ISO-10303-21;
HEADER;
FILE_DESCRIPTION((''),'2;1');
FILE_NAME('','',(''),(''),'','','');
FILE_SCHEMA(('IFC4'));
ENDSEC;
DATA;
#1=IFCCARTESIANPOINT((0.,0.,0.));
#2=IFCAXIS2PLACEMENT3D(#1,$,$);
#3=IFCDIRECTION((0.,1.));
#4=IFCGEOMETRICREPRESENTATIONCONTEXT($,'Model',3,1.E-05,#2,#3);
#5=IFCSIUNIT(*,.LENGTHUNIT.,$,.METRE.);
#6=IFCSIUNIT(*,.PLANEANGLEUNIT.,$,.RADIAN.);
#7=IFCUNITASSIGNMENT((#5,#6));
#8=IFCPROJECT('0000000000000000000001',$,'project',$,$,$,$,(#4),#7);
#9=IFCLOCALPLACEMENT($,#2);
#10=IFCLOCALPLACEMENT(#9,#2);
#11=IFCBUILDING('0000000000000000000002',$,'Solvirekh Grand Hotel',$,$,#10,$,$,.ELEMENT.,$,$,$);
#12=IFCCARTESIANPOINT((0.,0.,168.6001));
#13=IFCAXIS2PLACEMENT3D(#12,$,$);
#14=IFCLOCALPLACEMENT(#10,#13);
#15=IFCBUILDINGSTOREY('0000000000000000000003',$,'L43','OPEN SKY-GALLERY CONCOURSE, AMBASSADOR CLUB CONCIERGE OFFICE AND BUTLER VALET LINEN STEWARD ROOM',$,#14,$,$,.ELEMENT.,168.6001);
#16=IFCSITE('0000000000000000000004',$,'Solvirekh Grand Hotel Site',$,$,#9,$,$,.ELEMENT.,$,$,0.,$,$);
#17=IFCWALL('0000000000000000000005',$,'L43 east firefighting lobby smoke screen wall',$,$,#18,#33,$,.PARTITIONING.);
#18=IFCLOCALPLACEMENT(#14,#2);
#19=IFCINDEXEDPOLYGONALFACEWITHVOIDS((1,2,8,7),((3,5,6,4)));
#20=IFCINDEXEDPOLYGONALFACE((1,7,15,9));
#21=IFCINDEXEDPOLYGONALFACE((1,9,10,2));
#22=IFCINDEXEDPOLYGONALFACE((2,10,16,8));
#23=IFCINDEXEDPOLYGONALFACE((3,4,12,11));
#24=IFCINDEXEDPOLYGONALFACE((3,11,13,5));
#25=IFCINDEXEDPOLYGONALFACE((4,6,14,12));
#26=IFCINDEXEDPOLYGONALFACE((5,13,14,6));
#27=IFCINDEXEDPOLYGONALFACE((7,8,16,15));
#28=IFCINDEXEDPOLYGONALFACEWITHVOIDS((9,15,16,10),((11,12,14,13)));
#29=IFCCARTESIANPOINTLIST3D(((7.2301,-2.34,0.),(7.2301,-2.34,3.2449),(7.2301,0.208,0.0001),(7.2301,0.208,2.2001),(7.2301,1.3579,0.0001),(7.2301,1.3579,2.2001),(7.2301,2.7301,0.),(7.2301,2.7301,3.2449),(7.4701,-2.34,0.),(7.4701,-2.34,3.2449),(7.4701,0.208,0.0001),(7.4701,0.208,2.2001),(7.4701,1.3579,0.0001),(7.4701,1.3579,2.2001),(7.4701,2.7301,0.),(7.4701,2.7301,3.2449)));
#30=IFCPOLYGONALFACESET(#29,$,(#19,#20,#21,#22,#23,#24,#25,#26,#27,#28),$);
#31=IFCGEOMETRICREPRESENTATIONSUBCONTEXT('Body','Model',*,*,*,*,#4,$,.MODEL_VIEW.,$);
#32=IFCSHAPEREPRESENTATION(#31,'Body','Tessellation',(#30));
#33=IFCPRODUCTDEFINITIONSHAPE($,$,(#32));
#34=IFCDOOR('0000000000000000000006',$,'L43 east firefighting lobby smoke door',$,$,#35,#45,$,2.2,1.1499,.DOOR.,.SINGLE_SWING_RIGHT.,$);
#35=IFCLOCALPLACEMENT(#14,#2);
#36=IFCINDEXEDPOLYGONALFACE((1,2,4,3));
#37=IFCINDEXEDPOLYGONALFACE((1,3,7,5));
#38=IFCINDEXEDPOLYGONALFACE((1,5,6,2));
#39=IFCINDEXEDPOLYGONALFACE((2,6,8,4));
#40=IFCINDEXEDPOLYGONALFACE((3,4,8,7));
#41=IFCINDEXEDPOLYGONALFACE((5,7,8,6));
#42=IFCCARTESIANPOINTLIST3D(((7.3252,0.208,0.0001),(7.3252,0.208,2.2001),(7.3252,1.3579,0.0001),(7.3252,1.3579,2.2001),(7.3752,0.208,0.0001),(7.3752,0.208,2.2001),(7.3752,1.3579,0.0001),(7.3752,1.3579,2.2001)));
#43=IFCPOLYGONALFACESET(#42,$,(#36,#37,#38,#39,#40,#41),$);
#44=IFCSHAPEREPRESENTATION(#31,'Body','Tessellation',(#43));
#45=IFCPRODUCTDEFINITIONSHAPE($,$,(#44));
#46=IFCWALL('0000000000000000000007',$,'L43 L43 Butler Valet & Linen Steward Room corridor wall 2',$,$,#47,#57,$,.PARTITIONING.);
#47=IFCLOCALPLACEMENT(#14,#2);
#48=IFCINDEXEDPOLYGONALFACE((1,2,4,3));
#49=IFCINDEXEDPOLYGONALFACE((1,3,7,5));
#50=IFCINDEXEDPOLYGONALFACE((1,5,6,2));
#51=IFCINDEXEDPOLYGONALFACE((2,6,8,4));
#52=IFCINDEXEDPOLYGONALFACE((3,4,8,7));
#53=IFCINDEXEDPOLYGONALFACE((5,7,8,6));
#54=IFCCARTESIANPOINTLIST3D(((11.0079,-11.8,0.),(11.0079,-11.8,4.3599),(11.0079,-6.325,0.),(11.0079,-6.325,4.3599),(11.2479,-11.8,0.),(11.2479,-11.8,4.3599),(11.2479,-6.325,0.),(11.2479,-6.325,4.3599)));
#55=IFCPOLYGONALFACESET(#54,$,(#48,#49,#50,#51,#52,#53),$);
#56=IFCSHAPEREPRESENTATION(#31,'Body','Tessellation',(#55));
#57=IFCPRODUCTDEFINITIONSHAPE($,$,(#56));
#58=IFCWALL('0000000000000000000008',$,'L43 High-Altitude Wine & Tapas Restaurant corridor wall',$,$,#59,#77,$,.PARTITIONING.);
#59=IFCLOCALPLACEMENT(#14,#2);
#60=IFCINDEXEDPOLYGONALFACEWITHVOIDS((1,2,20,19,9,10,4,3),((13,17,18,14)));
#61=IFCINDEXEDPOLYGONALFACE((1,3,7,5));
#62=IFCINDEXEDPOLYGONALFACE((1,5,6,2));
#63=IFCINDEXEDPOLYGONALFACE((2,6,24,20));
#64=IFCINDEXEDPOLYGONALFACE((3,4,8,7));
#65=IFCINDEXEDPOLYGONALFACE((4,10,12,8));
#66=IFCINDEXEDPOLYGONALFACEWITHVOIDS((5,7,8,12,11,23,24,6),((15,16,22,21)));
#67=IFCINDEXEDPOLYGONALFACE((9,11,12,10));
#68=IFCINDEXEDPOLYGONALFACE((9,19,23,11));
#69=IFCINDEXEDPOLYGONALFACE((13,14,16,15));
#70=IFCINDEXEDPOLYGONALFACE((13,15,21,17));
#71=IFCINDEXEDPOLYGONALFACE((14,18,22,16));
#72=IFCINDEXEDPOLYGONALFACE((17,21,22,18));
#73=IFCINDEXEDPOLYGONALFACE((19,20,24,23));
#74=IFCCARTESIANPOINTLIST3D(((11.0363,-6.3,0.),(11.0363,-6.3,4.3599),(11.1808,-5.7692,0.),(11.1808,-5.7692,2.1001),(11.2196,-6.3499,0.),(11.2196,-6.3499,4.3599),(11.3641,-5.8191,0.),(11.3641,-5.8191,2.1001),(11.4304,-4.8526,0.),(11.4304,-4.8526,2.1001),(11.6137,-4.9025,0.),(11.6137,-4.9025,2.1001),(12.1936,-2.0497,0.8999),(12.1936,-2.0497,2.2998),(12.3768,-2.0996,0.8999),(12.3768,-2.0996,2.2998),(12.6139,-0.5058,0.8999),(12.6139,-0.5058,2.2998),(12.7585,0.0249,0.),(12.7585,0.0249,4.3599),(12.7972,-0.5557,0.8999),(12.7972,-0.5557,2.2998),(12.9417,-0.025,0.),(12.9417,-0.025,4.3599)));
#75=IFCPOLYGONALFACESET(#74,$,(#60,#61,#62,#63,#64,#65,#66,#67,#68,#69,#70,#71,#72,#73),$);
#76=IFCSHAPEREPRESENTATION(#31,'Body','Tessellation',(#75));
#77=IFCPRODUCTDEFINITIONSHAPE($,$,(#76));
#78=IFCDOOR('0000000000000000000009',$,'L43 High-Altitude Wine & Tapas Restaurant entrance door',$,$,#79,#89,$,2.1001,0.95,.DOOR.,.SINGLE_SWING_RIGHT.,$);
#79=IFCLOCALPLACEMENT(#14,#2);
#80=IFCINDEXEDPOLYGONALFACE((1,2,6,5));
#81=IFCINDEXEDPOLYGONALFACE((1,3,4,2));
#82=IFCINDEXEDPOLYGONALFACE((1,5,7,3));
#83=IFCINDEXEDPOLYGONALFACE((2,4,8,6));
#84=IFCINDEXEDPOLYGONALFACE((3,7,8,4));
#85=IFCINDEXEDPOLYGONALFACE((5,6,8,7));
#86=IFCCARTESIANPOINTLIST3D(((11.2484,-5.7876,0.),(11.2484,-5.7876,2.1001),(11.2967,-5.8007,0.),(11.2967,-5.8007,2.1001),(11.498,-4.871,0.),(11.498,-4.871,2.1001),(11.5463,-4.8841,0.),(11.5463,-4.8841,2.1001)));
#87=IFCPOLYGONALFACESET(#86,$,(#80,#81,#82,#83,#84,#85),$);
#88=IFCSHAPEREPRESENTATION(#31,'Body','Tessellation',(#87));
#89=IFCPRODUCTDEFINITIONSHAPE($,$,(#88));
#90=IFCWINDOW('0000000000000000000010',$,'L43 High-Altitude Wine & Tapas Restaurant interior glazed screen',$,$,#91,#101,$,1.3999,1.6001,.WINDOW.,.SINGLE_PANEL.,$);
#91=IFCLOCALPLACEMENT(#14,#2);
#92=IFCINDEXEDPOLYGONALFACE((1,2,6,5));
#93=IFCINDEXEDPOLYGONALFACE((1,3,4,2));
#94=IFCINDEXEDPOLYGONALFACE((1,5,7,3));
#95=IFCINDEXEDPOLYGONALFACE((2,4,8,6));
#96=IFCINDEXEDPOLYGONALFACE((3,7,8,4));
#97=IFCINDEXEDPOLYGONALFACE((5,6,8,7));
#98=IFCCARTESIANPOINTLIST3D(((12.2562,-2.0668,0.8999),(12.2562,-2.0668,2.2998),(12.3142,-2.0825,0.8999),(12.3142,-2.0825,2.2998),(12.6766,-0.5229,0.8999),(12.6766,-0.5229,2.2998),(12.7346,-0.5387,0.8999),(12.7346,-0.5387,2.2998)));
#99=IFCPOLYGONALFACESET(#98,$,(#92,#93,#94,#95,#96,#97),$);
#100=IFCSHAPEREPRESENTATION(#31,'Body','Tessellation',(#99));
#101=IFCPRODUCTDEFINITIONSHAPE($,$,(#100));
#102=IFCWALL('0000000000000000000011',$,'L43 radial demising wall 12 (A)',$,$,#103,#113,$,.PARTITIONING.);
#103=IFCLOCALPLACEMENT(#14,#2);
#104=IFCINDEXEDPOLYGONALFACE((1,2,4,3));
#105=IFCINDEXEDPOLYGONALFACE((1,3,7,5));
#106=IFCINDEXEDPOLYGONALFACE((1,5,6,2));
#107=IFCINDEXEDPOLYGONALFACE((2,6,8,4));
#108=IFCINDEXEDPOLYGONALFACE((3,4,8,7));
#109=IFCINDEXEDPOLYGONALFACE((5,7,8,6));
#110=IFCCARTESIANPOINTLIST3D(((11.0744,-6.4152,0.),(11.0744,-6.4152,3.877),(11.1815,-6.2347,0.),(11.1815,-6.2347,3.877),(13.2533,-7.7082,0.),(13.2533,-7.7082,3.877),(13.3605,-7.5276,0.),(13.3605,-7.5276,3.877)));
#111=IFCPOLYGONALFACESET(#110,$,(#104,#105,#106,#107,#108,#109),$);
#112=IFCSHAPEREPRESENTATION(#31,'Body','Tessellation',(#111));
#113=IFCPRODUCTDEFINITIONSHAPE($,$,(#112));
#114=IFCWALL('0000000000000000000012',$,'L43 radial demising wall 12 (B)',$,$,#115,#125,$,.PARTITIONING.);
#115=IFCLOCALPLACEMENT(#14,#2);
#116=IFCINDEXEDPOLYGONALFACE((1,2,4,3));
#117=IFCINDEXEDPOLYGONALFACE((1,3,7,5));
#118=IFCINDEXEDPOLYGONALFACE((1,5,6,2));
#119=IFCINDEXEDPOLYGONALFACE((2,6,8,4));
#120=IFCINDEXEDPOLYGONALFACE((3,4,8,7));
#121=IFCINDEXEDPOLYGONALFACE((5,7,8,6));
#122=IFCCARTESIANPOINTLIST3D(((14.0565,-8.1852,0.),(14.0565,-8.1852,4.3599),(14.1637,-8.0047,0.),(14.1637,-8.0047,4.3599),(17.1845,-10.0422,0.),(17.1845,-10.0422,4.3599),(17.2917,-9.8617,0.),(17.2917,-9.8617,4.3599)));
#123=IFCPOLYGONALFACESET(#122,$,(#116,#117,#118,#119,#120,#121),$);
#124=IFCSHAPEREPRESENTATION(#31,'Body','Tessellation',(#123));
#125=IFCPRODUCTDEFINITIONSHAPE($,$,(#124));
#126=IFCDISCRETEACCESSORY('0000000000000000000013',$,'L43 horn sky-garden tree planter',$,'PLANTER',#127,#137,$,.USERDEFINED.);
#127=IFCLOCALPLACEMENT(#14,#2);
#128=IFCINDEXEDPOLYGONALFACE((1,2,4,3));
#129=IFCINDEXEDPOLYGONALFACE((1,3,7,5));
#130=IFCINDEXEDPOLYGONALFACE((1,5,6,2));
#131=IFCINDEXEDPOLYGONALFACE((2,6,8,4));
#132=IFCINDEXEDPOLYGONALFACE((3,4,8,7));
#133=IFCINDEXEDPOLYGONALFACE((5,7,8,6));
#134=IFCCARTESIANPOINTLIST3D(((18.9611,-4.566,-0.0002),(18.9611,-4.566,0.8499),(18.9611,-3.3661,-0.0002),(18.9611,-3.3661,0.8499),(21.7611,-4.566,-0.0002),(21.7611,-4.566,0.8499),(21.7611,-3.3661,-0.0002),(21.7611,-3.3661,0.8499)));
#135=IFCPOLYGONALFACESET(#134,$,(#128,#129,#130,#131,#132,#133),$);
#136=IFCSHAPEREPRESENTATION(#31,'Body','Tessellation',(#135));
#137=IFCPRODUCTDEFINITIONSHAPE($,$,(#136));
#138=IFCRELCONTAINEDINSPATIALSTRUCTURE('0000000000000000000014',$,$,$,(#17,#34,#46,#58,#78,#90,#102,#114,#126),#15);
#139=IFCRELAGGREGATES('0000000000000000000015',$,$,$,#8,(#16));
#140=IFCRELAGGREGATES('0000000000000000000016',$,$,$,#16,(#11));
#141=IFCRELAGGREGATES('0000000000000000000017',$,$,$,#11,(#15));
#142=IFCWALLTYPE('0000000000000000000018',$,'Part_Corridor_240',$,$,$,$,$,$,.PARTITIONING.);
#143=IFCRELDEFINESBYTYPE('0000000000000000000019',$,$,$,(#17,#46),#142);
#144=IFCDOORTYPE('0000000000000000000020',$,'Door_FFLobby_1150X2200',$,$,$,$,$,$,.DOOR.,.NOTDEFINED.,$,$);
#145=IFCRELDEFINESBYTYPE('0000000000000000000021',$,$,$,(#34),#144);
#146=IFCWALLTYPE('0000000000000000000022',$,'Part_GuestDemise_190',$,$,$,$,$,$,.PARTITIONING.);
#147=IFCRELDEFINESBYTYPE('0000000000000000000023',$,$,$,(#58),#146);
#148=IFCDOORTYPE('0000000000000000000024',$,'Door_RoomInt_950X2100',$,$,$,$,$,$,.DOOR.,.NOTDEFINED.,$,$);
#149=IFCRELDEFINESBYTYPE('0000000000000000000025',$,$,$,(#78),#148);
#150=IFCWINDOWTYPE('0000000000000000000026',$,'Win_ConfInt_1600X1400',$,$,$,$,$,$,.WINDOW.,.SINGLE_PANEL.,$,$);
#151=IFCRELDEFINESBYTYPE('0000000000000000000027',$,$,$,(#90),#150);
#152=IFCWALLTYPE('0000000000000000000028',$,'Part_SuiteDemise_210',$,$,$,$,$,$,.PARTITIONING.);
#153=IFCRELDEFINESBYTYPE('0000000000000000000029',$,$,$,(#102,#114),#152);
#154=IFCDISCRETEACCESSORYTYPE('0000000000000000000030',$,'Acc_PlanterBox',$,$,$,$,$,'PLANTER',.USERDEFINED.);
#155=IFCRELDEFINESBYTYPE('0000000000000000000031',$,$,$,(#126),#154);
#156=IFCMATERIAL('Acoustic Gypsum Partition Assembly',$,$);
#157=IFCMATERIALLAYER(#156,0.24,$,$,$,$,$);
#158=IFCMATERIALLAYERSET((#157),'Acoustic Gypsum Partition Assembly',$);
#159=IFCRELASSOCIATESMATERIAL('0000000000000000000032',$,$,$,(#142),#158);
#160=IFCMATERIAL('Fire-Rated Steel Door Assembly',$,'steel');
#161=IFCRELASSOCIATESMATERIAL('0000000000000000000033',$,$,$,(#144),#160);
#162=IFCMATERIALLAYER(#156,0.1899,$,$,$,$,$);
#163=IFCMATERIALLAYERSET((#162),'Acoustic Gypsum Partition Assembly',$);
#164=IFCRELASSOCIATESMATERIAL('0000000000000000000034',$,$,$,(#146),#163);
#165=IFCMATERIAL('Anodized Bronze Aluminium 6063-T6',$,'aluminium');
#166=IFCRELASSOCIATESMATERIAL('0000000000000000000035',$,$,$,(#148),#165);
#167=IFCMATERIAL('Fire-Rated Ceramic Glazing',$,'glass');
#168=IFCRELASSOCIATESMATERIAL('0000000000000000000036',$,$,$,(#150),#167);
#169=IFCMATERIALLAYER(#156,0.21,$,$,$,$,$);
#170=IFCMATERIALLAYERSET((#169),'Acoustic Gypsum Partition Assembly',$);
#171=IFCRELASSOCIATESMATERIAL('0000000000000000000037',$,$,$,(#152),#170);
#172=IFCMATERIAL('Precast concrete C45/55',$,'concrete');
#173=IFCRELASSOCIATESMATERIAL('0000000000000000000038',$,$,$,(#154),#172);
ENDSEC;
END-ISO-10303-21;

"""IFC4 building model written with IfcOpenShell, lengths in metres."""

from ifc_helpers import new_model, si_unit, direction, frame, frame_2d, origin, origin_2d, place, context, subcontext, project, spatial, rectangle, extrude, material, layer, layer_set, type_object, element, fill, save


model = new_model("IFC4")

# Units and contexts
model_context = context("Model", 3, precision=1e-05, world=origin(), true_north=direction((0.0, 1.0)))
body_context = subcontext(model_context, "Body", "Model", "MODEL_VIEW")
ifc_project = project(units=[si_unit("LENGTHUNIT", "METRE"), si_unit("PLANEANGLEUNIT", "RADIAN")], contexts=[model_context])

# Site, building, storey
site_placement = place(None, origin())
site = spatial("IfcSite", under=ifc_project, at=site_placement, Name="Solvirekh Grand Hotel Site", CompositionType="ELEMENT", RefElevation=0.0)
building_placement = place(site_placement, origin())
building = spatial("IfcBuilding", under=site, at=building_placement, Name="Solvirekh Grand Hotel", CompositionType="ELEMENT")
storey_placement = place(building_placement, frame((0.0, 0.0, 168.6001)))
storey = spatial("IfcBuildingStorey", under=building, at=storey_placement, Name="L43", Description="OPEN SKY-GALLERY CONCOURSE, AMBASSADOR CLUB CONCIERGE OFFICE AND BUTLER VALET LINEN STEWARD ROOM", CompositionType="ELEMENT", Elevation=168.6001)

# Shared definitions
ifc_material_1 = material(Name="Anodized Bronze Aluminium 6063-T6", Category="aluminium")

# Shared definitions
ifc_material_2 = material(Name="Precast concrete C45/55", Category="concrete")

# Wall, opening, door
ifc_material_3 = material(Name="Acoustic Gypsum Partition Assembly")
ifc_layer_1 = layer(ifc_material_3, 0.24)
ifc_layer_set_1 = layer_set([ifc_layer_1], Name="Acoustic Gypsum Partition Assembly")
wall_type_1 = type_object("IfcWallType", Name="Part_Corridor_240", PredefinedType="PARTITIONING", material=ifc_layer_set_1)
wall_1_placement = place(storey_placement, frame((7.3501, -2.3401, 0.0), z_axis=(0.0, 0.0, 1.0), x_axis=(0.0, 1.0, 0.0)))
wall_1 = element("IfcWall", 1, at=wall_1_placement, inside=storey, type_object=wall_type_1, Name="L43 east firefighting lobby smoke screen wall", PredefinedType="PARTITIONING", context=body_context, shape_type="SweptSolid", body=[
    extrude(rectangle(XDim=5.0701, YDim=0.24, at=frame_2d((2.5352, 0.0))), origin(), (0.0, 0.0, 1.0), 3.2449),
])
opening_1_placement = place(wall_1_placement, frame((2.5481, 0.0, 0.0)))
opening_1 = element("IfcOpeningElement", 2, at=opening_1_placement, cuts=wall_1, PredefinedType="OPENING", context=body_context, shape_type="SweptSolid", body=[
    extrude(rectangle(XDim=1.1499, YDim=2.2, at=frame_2d((0.575, 1.1001))), frame((0.0, 0.1299, 0.0), z_axis=(0.0, -1.0, 0.0), x_axis=(1.0, 0.0, 0.0)), (0.0, 0.0, 1.0), 0.26),
])
ifc_material_4 = material(Name="Fire-Rated Steel Door Assembly", Category="steel")
door_type_1 = type_object("IfcDoorType", Name="Door_FFLobby_1150X2200", OperationType="NOTDEFINED", PredefinedType="DOOR", material=ifc_material_4)
door_1_placement = place(opening_1_placement, origin())
door_1 = element("IfcDoor", 3, at=door_1_placement, inside=storey, type_object=door_type_1, Name="L43 east firefighting lobby smoke door", OperationType="SINGLE_SWING_RIGHT", OverallHeight=2.2, OverallWidth=1.1499, PredefinedType="DOOR", context=body_context, shape_type="SweptSolid", body=[
    extrude(rectangle(XDim=1.1499, YDim=2.2, at=frame_2d((0.575, 1.1001))), frame((0.0, 0.0249, 0.0), z_axis=(0.0, -1.0, 0.0), x_axis=(1.0, 0.0, 0.0)), (0.0, 0.0, 1.0), 0.05),
])
fill(opening_1, door_1)

# Wall
wall_2_placement = place(storey_placement, frame((11.1279, -11.8, 0.0), z_axis=(0.0, 0.0, 1.0), x_axis=(0.0, 1.0, 0.0)))
element("IfcWall", 4, at=wall_2_placement, inside=storey, type_object=wall_type_1, Name="L43 L43 Butler Valet & Linen Steward Room corridor wall 2", PredefinedType="PARTITIONING", context=body_context, shape_type="SweptSolid", body=[
    extrude(rectangle(XDim=5.4751, YDim=0.24, at=frame_2d((2.7375, 0.0))), origin(), (0.0, 0.0, 1.0), 4.3599),
])

# Wall, openings, door, window
ifc_layer_2 = layer(ifc_material_3, 0.1899)
ifc_layer_set_2 = layer_set([ifc_layer_2], Name="Acoustic Gypsum Partition Assembly")
wall_type_2 = type_object("IfcWallType", Name="Part_GuestDemise_190", PredefinedType="PARTITIONING", material=ifc_layer_set_2)
wall_3_placement = place(storey_placement, frame((11.1279, -6.325, 0.0), z_axis=(0.0, 0.0, 1.0), x_axis=(0.262717, 0.964873, 0.0)))
wall_3 = element("IfcWall", 5, at=wall_3_placement, inside=storey, type_object=wall_type_2, Name="L43 High-Altitude Wine & Tapas Restaurant corridor wall", PredefinedType="PARTITIONING", context=body_context, shape_type="SweptSolid", body=[
    extrude(rectangle(XDim=6.5552, YDim=0.1899, at=frame_2d((3.2776, 0.0))), origin(), (0.0, 0.0, 1.0), 4.3599),
])
opening_2_placement = place(wall_3_placement, frame((0.55, 0.0, 0.0)))
opening_2 = element("IfcOpeningElement", 6, at=opening_2_placement, cuts=wall_3, PredefinedType="OPENING", context=body_context, shape_type="SweptSolid", body=[
    extrude(rectangle(XDim=0.95, YDim=2.1001, at=frame_2d((0.4751, 1.05))), frame((0.0, 0.105, 0.0), z_axis=(0.0, -1.0, 0.0), x_axis=(1.0, 0.0, 0.0)), (0.0, 0.0, 1.0), 0.21),
])
opening_3_placement = place(wall_3_placement, frame((4.405, 0.0, 0.8999)))
opening_3 = element("IfcOpeningElement", 7, at=opening_3_placement, cuts=wall_3, PredefinedType="OPENING", context=body_context, shape_type="SweptSolid", body=[
    extrude(rectangle(XDim=1.6001, YDim=1.3999, at=frame_2d((0.8, 0.7))), frame((0.0, 0.105, 0.0), z_axis=(0.0, -1.0, 0.0), x_axis=(1.0, 0.0, 0.0)), (0.0, 0.0, 1.0), 0.21),
])
door_type_2 = type_object("IfcDoorType", Name="Door_RoomInt_950X2100", OperationType="NOTDEFINED", PredefinedType="DOOR", material=ifc_material_1)
door_2_placement = place(opening_2_placement, origin())
door_2 = element("IfcDoor", 8, at=door_2_placement, inside=storey, type_object=door_type_2, Name="L43 High-Altitude Wine & Tapas Restaurant entrance door", OperationType="SINGLE_SWING_RIGHT", OverallHeight=2.1001, OverallWidth=0.95, PredefinedType="DOOR", context=body_context, shape_type="SweptSolid", body=[
    extrude(rectangle(XDim=0.95, YDim=2.1001, at=frame_2d((0.4751, 1.05))), frame((0.0, 0.0249, 0.0), z_axis=(0.0, -1.0, 0.0), x_axis=(1.0, 0.0, 0.0)), (0.0, 0.0, 1.0), 0.05),
])
fill(opening_2, door_2)
ifc_material_5 = material(Name="Fire-Rated Ceramic Glazing", Category="glass")
window_type = type_object("IfcWindowType", Name="Win_ConfInt_1600X1400", PartitioningType="SINGLE_PANEL", PredefinedType="WINDOW", material=ifc_material_5)
window_placement = place(opening_3_placement, origin())
window = element("IfcWindow", 9, at=window_placement, inside=storey, type_object=window_type, Name="L43 High-Altitude Wine & Tapas Restaurant interior glazed screen", OverallHeight=1.3999, OverallWidth=1.6001, PartitioningType="SINGLE_PANEL", PredefinedType="WINDOW", context=body_context, shape_type="SweptSolid", body=[
    extrude(rectangle(XDim=1.6001, YDim=1.3999, at=frame_2d((0.8, 0.7))), frame((0.0, 0.03, 0.0), z_axis=(0.0, -1.0, 0.0), x_axis=(1.0, 0.0, 0.0)), (0.0, 0.0, 1.0), 0.0601),
])
fill(opening_3, window)

# Walls
ifc_layer_3 = layer(ifc_material_3, 0.21)
ifc_layer_set_3 = layer_set([ifc_layer_3], Name="Acoustic Gypsum Partition Assembly")
wall_type_3 = type_object("IfcWallType", Name="Part_SuiteDemise_210", PredefinedType="PARTITIONING", material=ifc_layer_set_3)
wall_4_placement = place(storey_placement, frame((11.1279, -6.325, 0.0), z_axis=(0.0, 0.0, 1.0), x_axis=(0.859991, -0.510309, 0.0)))
element("IfcWall", 10, at=wall_4_placement, inside=storey, type_object=wall_type_3, Name="L43 radial demising wall 12 (A)", PredefinedType="PARTITIONING", context=body_context, shape_type="SweptSolid", body=[
    extrude(rectangle(XDim=2.5337, YDim=0.21, at=frame_2d((1.2668, 0.0))), origin(), (0.0, 0.0, 1.0), 3.877),
])
wall_5_placement = place(storey_placement, frame((14.1101, -8.095, 0.0), z_axis=(0.0, 0.0, 1.0), x_axis=(0.859888, -0.510483, 0.0)))
element("IfcWall", 11, at=wall_5_placement, inside=storey, type_object=wall_type_3, Name="L43 radial demising wall 12 (B)", PredefinedType="PARTITIONING", context=body_context, shape_type="SweptSolid", body=[
    extrude(rectangle(XDim=3.6377, YDim=0.21, at=frame_2d((1.8188, 0.0))), origin(), (0.0, 0.0, 1.0), 4.3599),
])

# Discrete accessory
discrete_accessory_type = type_object("IfcDiscreteAccessoryType", Name="Acc_PlanterBox", ElementType="PLANTER", PredefinedType="USERDEFINED", material=ifc_material_2)
discrete_accessory_placement = place(storey_placement, frame((20.3611, -3.9661, -0.0002), z_axis=(0.0, 0.0, 1.0), x_axis=(0.0, 1.0, 0.0)))
element("IfcDiscreteAccessory", 12, at=discrete_accessory_placement, inside=storey, type_object=discrete_accessory_type, Name="L43 horn sky-garden tree planter", ObjectType="PLANTER", PredefinedType="USERDEFINED", context=body_context, shape_type="SweptSolid", body=[
    extrude(rectangle(XDim=1.2, YDim=2.8, at=origin_2d()), origin(), (0.0, 0.0, 1.0), 0.8501),
])

save(model, "model.ifc")
